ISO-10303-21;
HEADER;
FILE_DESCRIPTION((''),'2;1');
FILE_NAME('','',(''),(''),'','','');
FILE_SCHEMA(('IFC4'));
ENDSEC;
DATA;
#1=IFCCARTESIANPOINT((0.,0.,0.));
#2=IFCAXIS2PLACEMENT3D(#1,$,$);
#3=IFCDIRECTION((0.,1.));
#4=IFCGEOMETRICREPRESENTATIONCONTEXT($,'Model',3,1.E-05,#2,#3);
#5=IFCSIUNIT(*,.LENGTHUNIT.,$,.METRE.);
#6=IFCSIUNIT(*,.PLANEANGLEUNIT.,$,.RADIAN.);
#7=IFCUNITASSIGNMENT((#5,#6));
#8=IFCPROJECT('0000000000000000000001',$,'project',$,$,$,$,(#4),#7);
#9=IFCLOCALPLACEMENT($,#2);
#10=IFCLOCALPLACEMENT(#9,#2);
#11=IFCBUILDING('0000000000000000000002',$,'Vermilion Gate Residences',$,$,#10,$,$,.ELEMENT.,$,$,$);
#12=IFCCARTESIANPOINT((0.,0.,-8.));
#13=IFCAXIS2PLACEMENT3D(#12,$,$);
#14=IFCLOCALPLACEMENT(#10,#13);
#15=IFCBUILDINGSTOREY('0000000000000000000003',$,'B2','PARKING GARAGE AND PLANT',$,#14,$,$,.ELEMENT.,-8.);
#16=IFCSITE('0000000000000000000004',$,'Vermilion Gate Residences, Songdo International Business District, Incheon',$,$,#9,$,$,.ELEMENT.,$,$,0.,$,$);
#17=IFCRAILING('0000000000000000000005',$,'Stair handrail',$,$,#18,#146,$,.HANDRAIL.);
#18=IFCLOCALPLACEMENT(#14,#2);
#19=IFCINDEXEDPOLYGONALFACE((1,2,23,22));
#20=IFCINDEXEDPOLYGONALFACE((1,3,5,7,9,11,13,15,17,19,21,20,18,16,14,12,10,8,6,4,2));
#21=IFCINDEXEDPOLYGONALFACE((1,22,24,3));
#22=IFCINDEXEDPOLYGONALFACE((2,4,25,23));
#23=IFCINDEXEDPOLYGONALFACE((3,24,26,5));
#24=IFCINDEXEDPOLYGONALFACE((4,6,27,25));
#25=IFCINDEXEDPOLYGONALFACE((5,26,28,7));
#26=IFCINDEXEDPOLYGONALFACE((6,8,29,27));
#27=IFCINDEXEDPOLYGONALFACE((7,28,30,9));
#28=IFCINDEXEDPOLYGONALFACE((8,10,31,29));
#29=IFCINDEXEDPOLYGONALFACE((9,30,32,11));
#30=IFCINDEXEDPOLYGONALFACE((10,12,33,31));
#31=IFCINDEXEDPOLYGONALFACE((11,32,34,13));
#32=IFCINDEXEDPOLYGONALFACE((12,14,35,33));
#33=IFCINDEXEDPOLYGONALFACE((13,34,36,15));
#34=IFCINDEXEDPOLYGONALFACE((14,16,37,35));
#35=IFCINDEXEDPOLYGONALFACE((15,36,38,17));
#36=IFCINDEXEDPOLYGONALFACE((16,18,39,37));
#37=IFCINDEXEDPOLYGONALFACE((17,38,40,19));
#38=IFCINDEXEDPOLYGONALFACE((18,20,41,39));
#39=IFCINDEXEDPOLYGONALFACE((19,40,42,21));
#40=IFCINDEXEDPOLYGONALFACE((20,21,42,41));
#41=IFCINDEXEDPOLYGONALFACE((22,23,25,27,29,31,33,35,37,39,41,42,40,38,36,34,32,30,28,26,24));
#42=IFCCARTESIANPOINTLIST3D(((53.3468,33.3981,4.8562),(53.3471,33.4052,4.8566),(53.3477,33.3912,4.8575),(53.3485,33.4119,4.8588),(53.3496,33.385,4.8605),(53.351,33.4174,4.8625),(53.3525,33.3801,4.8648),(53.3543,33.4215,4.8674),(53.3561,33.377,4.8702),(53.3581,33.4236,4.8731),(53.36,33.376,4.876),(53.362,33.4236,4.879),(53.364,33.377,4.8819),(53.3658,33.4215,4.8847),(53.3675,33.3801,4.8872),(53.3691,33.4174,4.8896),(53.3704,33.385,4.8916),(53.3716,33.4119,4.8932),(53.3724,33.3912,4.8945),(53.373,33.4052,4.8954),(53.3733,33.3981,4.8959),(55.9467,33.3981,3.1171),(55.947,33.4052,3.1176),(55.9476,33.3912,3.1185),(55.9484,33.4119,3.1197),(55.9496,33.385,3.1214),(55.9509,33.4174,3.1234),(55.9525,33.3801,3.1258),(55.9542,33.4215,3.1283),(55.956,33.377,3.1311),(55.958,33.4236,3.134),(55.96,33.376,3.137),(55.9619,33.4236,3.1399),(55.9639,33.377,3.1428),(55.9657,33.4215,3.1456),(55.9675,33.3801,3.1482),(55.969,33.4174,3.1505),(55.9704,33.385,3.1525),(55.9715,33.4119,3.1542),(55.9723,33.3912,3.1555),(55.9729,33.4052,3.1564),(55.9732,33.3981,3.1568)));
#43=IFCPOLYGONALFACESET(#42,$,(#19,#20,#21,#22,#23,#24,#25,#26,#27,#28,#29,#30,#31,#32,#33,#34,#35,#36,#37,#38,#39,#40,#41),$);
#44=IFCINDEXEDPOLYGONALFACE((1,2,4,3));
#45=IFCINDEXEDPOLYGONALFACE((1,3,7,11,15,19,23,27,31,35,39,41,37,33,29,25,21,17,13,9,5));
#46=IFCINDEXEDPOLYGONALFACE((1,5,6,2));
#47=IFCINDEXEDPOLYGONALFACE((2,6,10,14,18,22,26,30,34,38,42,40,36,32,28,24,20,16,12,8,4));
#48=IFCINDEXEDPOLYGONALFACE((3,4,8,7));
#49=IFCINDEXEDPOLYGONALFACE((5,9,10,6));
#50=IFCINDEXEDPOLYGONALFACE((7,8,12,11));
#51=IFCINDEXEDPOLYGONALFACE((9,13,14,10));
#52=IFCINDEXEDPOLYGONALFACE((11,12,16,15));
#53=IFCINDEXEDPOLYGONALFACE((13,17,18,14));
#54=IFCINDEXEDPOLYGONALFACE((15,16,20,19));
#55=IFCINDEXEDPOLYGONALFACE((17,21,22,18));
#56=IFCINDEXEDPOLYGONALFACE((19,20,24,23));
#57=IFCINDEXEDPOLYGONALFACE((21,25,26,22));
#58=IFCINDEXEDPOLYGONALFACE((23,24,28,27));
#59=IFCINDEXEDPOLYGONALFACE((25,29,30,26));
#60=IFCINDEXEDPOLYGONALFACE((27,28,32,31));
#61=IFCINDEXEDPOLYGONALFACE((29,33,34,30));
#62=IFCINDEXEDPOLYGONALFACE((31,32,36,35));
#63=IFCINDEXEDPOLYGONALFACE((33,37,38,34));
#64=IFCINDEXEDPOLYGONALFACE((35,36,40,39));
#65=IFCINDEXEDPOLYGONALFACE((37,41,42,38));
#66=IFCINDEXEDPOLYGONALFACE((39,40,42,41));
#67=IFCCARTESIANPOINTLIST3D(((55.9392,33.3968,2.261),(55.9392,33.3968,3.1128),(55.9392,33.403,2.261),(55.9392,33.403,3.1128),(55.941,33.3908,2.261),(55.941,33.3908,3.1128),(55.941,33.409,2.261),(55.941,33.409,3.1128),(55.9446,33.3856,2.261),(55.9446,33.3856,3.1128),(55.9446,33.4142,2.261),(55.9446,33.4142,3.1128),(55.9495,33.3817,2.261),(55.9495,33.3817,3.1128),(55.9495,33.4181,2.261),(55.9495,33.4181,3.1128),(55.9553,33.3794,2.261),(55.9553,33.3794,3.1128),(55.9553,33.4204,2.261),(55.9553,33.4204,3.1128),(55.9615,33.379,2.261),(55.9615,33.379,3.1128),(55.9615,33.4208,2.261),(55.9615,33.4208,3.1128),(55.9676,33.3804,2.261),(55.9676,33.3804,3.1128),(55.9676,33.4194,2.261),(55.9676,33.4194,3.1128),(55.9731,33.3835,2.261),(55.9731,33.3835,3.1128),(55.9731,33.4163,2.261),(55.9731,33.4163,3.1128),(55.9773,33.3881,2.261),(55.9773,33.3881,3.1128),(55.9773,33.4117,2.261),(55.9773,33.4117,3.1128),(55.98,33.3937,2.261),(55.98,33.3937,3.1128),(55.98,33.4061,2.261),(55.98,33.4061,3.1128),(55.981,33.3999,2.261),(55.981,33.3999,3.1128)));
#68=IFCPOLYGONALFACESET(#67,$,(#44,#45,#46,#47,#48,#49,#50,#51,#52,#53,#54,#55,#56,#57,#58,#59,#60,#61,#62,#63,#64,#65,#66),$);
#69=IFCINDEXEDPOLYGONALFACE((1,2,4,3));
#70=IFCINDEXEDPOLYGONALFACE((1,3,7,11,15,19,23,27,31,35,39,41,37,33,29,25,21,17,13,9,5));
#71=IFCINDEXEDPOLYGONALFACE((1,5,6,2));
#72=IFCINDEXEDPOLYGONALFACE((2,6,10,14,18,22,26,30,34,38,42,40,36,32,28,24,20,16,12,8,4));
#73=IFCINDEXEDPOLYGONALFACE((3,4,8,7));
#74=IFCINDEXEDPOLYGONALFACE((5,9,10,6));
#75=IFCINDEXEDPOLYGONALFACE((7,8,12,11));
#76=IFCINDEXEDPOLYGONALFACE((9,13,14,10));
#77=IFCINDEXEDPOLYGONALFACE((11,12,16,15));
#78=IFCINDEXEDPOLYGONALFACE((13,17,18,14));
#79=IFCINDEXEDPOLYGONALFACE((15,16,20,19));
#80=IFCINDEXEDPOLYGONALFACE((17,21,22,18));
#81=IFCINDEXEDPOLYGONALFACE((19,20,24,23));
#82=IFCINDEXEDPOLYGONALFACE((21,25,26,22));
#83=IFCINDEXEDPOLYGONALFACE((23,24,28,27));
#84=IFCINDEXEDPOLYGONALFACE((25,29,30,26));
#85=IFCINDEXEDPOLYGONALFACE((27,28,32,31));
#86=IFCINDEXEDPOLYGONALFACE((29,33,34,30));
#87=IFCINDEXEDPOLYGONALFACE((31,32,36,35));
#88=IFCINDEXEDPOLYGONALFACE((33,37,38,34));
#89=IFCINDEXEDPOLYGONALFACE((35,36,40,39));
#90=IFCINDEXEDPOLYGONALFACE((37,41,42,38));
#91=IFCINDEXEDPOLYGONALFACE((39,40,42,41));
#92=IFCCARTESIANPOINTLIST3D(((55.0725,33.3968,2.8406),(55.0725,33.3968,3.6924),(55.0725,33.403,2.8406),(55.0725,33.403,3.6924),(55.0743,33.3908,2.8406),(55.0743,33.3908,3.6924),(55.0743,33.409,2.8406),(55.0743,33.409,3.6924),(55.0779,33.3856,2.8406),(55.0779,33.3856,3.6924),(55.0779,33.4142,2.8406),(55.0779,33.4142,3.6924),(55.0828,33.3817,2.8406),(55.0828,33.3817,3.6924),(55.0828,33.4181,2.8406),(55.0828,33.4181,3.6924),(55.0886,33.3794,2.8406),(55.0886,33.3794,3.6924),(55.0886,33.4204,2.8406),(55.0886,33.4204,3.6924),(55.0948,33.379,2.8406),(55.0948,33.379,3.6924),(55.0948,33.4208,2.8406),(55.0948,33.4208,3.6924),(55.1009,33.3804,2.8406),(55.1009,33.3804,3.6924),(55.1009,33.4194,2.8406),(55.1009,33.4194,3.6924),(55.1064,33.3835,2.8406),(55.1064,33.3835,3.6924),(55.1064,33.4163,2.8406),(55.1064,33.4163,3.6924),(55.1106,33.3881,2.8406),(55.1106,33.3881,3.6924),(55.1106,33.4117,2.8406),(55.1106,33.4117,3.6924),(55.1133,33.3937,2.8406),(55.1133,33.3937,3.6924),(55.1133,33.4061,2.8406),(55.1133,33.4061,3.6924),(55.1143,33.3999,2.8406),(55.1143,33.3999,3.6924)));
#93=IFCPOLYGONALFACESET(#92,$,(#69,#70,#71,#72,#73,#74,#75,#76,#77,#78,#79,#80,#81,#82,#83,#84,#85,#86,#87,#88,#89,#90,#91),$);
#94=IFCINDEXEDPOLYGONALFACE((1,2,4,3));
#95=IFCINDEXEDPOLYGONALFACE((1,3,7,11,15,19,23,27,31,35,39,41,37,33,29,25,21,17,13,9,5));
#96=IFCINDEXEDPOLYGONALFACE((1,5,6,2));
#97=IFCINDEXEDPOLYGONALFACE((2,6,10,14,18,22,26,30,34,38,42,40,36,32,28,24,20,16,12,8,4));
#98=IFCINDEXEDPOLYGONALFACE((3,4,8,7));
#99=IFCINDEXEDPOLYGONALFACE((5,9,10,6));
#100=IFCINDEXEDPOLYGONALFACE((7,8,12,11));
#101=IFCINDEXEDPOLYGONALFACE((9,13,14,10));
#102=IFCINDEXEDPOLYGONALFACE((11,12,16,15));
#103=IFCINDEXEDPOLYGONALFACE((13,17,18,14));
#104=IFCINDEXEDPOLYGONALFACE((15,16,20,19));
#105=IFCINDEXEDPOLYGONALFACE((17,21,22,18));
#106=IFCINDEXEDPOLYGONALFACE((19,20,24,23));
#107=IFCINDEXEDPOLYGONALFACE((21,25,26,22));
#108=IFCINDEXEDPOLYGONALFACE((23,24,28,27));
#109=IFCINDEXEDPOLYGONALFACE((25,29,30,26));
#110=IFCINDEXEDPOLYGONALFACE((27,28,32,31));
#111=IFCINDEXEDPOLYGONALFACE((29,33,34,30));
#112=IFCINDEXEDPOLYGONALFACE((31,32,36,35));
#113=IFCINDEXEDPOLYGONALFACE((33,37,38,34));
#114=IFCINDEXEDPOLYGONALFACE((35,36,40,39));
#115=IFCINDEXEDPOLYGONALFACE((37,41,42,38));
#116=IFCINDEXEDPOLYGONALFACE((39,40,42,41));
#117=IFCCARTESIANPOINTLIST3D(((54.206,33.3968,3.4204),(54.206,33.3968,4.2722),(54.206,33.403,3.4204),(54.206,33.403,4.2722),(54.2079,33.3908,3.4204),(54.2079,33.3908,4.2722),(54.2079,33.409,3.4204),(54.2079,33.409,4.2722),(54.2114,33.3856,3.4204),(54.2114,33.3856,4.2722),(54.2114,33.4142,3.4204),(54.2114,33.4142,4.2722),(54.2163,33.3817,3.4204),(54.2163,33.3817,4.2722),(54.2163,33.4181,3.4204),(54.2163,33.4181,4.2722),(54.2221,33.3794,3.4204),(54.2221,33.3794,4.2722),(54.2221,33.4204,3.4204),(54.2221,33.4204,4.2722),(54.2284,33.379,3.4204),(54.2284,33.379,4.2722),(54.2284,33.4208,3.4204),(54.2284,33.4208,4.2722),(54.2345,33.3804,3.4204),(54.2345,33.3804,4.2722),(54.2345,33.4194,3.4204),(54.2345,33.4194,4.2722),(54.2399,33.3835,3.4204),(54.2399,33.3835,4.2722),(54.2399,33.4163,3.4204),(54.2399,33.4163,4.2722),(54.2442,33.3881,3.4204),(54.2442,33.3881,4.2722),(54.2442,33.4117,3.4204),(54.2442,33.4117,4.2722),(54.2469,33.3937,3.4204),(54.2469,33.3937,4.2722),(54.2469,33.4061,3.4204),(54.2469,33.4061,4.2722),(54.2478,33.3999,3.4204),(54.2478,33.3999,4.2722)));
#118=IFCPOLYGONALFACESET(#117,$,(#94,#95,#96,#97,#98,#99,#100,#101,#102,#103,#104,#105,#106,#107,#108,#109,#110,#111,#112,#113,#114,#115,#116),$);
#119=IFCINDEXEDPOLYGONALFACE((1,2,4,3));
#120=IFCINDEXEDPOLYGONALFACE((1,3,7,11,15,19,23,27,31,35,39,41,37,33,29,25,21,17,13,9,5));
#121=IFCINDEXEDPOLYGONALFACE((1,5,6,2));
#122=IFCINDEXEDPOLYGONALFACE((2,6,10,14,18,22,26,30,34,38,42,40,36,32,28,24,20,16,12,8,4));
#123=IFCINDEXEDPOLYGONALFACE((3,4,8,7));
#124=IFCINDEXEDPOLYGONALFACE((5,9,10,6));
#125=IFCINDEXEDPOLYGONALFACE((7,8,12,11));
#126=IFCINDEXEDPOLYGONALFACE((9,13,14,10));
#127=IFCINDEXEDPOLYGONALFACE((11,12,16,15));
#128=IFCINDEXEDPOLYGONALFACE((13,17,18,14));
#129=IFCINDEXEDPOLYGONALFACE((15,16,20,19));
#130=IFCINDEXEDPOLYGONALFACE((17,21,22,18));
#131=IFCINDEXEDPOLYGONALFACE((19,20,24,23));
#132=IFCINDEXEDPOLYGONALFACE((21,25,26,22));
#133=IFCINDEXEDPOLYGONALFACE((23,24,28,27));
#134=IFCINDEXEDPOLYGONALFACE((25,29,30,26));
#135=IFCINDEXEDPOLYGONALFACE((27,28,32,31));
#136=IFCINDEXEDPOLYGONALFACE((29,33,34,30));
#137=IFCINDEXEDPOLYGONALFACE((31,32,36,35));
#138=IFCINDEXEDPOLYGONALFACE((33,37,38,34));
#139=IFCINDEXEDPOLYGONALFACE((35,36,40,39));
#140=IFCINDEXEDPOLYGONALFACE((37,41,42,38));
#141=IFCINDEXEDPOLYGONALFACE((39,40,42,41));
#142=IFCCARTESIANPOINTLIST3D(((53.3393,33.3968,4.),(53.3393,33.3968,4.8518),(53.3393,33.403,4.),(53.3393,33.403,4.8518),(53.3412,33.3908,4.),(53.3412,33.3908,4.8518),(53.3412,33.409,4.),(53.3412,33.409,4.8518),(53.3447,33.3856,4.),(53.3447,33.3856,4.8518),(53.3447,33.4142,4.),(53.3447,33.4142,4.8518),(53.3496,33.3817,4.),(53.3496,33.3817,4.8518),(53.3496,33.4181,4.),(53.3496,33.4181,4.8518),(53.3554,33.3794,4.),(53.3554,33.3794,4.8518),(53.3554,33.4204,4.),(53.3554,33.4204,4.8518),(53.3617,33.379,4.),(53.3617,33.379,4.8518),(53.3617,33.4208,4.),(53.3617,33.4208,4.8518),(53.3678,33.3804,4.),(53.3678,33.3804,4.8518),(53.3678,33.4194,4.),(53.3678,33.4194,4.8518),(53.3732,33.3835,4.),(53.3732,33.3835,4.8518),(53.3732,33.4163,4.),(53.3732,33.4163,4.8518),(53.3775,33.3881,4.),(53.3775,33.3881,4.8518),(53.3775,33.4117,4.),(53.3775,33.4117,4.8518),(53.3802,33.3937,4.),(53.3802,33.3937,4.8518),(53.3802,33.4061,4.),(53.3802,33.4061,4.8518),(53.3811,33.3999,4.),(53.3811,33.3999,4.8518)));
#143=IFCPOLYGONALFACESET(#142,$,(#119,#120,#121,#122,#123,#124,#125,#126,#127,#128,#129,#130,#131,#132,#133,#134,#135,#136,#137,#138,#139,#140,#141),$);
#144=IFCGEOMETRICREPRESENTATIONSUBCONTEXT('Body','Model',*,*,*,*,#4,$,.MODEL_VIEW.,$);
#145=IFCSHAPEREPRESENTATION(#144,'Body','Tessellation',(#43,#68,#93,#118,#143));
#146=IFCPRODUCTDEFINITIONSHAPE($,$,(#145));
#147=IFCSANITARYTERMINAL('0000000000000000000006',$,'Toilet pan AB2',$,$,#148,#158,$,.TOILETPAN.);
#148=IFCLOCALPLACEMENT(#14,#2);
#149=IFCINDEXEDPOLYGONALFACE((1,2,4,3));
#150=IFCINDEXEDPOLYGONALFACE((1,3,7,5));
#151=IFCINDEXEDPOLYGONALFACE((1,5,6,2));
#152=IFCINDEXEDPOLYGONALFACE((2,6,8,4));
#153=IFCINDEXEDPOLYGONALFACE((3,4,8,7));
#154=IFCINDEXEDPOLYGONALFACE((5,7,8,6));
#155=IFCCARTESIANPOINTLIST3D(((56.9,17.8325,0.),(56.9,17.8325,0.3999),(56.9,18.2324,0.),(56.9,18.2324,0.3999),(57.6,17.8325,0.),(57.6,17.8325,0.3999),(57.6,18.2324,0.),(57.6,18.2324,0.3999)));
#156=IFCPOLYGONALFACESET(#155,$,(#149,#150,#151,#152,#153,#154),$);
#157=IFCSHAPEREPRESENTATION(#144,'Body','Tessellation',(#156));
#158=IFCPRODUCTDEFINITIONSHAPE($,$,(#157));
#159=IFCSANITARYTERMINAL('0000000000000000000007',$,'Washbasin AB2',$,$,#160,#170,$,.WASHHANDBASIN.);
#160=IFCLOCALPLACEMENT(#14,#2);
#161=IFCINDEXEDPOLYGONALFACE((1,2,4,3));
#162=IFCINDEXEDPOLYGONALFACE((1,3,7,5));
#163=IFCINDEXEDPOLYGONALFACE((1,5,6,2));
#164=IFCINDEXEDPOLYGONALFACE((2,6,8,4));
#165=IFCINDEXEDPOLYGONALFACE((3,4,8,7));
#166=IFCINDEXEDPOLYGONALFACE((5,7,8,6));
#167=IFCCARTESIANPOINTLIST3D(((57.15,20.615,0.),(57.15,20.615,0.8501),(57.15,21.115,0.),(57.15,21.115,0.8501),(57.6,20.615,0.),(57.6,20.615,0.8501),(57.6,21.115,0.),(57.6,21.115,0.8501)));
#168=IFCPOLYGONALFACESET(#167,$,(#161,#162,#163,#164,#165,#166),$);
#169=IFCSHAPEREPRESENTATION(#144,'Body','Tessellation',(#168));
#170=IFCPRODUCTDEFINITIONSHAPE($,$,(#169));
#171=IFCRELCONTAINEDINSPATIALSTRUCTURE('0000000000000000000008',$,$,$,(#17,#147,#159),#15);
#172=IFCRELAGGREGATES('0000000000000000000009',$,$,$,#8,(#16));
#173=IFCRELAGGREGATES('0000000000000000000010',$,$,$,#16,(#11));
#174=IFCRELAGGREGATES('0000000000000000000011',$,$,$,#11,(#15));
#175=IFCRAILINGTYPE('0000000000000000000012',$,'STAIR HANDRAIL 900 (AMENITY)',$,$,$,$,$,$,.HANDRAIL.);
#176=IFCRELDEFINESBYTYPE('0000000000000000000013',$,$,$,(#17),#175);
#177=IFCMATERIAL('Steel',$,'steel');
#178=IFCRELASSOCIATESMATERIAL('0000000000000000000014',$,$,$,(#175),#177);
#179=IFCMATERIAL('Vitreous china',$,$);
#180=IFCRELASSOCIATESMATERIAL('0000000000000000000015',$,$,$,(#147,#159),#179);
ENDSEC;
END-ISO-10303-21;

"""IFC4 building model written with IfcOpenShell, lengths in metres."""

from ifc_helpers import new_model, si_unit, direction, frame, origin, origin_2d, place, context, subcontext, project, spatial, rectangle, circle, extrude, material, type_object, element, save


model = new_model("IFC4")

# Units and contexts
model_context = context("Model", 3, precision=1e-05, world=origin(), true_north=direction((0.0, 1.0)))
body_context = subcontext(model_context, "Body", "Model", "MODEL_VIEW")
ifc_project = project(units=[si_unit("LENGTHUNIT", "METRE"), si_unit("PLANEANGLEUNIT", "RADIAN")], contexts=[model_context])

# Site, building, storey
site_placement = place(None, origin())
site = spatial("IfcSite", under=ifc_project, at=site_placement, Name="Vermilion Gate Residences, Songdo International Business District, Incheon", CompositionType="ELEMENT", RefElevation=0.0)
building_placement = place(site_placement, origin())
building = spatial("IfcBuilding", under=site, at=building_placement, Name="Vermilion Gate Residences", CompositionType="ELEMENT")
storey_placement = place(building_placement, frame((0.0, 0.0, -8.0)))
storey = spatial("IfcBuildingStorey", under=building, at=storey_placement, Name="B2", Description="PARKING GARAGE AND PLANT", CompositionType="ELEMENT", Elevation=-8.0)

# Railing
ifc_material_1 = material(Name="Steel", Category="steel")
railing_type = type_object("IfcRailingType", Name="STAIR HANDRAIL 900 (AMENITY)", PredefinedType="HANDRAIL", material=ifc_material_1)
railing_1_placement = place(storey_placement, frame((55.96, 33.3999, 2.261)))
element("IfcRailing", 1, at=railing_1_placement, inside=storey, type_object=railing_type, Name="Stair handrail", PredefinedType="HANDRAIL", context=body_context, shape_type="SweptSolid", body=[
    extrude(circle(Radius=0.0239, at=origin_2d()), frame((0.0, 0.0, 0.876), z_axis=(-0.831197, 0.0, 0.555978), x_axis=(0.0, -1.0, 0.0)), (0.0, 0.0, 1.0), 3.1279),
    extrude(circle(Radius=0.021, at=origin_2d()), origin(), (0.0, 0.0, 1.0), 0.8518),
    extrude(circle(Radius=0.021, at=origin_2d()), frame((-0.8667, 0.0, 0.5796)), (0.0, 0.0, 1.0), 0.8518),
    extrude(circle(Radius=0.021, at=origin_2d()), frame((-1.7332, 0.0, 1.1594)), (0.0, 0.0, 1.0), 0.8518),
    extrude(circle(Radius=0.021, at=origin_2d()), frame((-2.5999, 0.0, 1.739)), (0.0, 0.0, 1.0), 0.8518),
])

# Sanitary terminals
ifc_material_2 = material(Name="Vitreous china")
sanitary_terminal_1_placement = place(storey_placement, frame((57.25, 18.0325, 0.0), z_axis=(0.0, 0.0, 1.0), x_axis=(1.0, 0.0, 0.0)))
element("IfcSanitaryTerminal", 2, at=sanitary_terminal_1_placement, inside=storey, material=ifc_material_2, Name="Toilet pan AB2", PredefinedType="TOILETPAN", context=body_context, shape_type="SweptSolid", body=[
    extrude(rectangle(XDim=0.7, YDim=0.3999, at=origin_2d()), origin(), (0.0, 0.0, 1.0), 0.3999),
])
sanitary_terminal_2_placement = place(storey_placement, frame((57.375, 20.865, 0.0), z_axis=(0.0, 0.0, 1.0), x_axis=(1.0, 0.0, 0.0)))
element("IfcSanitaryTerminal", 3, at=sanitary_terminal_2_placement, inside=storey, material=ifc_material_2, Name="Washbasin AB2", PredefinedType="WASHHANDBASIN", context=body_context, shape_type="SweptSolid", body=[
    extrude(rectangle(XDim=0.45, YDim=0.5, at=origin_2d()), origin(), (0.0, 0.0, 1.0), 0.8501),
])

save(model, "model.ifc")
